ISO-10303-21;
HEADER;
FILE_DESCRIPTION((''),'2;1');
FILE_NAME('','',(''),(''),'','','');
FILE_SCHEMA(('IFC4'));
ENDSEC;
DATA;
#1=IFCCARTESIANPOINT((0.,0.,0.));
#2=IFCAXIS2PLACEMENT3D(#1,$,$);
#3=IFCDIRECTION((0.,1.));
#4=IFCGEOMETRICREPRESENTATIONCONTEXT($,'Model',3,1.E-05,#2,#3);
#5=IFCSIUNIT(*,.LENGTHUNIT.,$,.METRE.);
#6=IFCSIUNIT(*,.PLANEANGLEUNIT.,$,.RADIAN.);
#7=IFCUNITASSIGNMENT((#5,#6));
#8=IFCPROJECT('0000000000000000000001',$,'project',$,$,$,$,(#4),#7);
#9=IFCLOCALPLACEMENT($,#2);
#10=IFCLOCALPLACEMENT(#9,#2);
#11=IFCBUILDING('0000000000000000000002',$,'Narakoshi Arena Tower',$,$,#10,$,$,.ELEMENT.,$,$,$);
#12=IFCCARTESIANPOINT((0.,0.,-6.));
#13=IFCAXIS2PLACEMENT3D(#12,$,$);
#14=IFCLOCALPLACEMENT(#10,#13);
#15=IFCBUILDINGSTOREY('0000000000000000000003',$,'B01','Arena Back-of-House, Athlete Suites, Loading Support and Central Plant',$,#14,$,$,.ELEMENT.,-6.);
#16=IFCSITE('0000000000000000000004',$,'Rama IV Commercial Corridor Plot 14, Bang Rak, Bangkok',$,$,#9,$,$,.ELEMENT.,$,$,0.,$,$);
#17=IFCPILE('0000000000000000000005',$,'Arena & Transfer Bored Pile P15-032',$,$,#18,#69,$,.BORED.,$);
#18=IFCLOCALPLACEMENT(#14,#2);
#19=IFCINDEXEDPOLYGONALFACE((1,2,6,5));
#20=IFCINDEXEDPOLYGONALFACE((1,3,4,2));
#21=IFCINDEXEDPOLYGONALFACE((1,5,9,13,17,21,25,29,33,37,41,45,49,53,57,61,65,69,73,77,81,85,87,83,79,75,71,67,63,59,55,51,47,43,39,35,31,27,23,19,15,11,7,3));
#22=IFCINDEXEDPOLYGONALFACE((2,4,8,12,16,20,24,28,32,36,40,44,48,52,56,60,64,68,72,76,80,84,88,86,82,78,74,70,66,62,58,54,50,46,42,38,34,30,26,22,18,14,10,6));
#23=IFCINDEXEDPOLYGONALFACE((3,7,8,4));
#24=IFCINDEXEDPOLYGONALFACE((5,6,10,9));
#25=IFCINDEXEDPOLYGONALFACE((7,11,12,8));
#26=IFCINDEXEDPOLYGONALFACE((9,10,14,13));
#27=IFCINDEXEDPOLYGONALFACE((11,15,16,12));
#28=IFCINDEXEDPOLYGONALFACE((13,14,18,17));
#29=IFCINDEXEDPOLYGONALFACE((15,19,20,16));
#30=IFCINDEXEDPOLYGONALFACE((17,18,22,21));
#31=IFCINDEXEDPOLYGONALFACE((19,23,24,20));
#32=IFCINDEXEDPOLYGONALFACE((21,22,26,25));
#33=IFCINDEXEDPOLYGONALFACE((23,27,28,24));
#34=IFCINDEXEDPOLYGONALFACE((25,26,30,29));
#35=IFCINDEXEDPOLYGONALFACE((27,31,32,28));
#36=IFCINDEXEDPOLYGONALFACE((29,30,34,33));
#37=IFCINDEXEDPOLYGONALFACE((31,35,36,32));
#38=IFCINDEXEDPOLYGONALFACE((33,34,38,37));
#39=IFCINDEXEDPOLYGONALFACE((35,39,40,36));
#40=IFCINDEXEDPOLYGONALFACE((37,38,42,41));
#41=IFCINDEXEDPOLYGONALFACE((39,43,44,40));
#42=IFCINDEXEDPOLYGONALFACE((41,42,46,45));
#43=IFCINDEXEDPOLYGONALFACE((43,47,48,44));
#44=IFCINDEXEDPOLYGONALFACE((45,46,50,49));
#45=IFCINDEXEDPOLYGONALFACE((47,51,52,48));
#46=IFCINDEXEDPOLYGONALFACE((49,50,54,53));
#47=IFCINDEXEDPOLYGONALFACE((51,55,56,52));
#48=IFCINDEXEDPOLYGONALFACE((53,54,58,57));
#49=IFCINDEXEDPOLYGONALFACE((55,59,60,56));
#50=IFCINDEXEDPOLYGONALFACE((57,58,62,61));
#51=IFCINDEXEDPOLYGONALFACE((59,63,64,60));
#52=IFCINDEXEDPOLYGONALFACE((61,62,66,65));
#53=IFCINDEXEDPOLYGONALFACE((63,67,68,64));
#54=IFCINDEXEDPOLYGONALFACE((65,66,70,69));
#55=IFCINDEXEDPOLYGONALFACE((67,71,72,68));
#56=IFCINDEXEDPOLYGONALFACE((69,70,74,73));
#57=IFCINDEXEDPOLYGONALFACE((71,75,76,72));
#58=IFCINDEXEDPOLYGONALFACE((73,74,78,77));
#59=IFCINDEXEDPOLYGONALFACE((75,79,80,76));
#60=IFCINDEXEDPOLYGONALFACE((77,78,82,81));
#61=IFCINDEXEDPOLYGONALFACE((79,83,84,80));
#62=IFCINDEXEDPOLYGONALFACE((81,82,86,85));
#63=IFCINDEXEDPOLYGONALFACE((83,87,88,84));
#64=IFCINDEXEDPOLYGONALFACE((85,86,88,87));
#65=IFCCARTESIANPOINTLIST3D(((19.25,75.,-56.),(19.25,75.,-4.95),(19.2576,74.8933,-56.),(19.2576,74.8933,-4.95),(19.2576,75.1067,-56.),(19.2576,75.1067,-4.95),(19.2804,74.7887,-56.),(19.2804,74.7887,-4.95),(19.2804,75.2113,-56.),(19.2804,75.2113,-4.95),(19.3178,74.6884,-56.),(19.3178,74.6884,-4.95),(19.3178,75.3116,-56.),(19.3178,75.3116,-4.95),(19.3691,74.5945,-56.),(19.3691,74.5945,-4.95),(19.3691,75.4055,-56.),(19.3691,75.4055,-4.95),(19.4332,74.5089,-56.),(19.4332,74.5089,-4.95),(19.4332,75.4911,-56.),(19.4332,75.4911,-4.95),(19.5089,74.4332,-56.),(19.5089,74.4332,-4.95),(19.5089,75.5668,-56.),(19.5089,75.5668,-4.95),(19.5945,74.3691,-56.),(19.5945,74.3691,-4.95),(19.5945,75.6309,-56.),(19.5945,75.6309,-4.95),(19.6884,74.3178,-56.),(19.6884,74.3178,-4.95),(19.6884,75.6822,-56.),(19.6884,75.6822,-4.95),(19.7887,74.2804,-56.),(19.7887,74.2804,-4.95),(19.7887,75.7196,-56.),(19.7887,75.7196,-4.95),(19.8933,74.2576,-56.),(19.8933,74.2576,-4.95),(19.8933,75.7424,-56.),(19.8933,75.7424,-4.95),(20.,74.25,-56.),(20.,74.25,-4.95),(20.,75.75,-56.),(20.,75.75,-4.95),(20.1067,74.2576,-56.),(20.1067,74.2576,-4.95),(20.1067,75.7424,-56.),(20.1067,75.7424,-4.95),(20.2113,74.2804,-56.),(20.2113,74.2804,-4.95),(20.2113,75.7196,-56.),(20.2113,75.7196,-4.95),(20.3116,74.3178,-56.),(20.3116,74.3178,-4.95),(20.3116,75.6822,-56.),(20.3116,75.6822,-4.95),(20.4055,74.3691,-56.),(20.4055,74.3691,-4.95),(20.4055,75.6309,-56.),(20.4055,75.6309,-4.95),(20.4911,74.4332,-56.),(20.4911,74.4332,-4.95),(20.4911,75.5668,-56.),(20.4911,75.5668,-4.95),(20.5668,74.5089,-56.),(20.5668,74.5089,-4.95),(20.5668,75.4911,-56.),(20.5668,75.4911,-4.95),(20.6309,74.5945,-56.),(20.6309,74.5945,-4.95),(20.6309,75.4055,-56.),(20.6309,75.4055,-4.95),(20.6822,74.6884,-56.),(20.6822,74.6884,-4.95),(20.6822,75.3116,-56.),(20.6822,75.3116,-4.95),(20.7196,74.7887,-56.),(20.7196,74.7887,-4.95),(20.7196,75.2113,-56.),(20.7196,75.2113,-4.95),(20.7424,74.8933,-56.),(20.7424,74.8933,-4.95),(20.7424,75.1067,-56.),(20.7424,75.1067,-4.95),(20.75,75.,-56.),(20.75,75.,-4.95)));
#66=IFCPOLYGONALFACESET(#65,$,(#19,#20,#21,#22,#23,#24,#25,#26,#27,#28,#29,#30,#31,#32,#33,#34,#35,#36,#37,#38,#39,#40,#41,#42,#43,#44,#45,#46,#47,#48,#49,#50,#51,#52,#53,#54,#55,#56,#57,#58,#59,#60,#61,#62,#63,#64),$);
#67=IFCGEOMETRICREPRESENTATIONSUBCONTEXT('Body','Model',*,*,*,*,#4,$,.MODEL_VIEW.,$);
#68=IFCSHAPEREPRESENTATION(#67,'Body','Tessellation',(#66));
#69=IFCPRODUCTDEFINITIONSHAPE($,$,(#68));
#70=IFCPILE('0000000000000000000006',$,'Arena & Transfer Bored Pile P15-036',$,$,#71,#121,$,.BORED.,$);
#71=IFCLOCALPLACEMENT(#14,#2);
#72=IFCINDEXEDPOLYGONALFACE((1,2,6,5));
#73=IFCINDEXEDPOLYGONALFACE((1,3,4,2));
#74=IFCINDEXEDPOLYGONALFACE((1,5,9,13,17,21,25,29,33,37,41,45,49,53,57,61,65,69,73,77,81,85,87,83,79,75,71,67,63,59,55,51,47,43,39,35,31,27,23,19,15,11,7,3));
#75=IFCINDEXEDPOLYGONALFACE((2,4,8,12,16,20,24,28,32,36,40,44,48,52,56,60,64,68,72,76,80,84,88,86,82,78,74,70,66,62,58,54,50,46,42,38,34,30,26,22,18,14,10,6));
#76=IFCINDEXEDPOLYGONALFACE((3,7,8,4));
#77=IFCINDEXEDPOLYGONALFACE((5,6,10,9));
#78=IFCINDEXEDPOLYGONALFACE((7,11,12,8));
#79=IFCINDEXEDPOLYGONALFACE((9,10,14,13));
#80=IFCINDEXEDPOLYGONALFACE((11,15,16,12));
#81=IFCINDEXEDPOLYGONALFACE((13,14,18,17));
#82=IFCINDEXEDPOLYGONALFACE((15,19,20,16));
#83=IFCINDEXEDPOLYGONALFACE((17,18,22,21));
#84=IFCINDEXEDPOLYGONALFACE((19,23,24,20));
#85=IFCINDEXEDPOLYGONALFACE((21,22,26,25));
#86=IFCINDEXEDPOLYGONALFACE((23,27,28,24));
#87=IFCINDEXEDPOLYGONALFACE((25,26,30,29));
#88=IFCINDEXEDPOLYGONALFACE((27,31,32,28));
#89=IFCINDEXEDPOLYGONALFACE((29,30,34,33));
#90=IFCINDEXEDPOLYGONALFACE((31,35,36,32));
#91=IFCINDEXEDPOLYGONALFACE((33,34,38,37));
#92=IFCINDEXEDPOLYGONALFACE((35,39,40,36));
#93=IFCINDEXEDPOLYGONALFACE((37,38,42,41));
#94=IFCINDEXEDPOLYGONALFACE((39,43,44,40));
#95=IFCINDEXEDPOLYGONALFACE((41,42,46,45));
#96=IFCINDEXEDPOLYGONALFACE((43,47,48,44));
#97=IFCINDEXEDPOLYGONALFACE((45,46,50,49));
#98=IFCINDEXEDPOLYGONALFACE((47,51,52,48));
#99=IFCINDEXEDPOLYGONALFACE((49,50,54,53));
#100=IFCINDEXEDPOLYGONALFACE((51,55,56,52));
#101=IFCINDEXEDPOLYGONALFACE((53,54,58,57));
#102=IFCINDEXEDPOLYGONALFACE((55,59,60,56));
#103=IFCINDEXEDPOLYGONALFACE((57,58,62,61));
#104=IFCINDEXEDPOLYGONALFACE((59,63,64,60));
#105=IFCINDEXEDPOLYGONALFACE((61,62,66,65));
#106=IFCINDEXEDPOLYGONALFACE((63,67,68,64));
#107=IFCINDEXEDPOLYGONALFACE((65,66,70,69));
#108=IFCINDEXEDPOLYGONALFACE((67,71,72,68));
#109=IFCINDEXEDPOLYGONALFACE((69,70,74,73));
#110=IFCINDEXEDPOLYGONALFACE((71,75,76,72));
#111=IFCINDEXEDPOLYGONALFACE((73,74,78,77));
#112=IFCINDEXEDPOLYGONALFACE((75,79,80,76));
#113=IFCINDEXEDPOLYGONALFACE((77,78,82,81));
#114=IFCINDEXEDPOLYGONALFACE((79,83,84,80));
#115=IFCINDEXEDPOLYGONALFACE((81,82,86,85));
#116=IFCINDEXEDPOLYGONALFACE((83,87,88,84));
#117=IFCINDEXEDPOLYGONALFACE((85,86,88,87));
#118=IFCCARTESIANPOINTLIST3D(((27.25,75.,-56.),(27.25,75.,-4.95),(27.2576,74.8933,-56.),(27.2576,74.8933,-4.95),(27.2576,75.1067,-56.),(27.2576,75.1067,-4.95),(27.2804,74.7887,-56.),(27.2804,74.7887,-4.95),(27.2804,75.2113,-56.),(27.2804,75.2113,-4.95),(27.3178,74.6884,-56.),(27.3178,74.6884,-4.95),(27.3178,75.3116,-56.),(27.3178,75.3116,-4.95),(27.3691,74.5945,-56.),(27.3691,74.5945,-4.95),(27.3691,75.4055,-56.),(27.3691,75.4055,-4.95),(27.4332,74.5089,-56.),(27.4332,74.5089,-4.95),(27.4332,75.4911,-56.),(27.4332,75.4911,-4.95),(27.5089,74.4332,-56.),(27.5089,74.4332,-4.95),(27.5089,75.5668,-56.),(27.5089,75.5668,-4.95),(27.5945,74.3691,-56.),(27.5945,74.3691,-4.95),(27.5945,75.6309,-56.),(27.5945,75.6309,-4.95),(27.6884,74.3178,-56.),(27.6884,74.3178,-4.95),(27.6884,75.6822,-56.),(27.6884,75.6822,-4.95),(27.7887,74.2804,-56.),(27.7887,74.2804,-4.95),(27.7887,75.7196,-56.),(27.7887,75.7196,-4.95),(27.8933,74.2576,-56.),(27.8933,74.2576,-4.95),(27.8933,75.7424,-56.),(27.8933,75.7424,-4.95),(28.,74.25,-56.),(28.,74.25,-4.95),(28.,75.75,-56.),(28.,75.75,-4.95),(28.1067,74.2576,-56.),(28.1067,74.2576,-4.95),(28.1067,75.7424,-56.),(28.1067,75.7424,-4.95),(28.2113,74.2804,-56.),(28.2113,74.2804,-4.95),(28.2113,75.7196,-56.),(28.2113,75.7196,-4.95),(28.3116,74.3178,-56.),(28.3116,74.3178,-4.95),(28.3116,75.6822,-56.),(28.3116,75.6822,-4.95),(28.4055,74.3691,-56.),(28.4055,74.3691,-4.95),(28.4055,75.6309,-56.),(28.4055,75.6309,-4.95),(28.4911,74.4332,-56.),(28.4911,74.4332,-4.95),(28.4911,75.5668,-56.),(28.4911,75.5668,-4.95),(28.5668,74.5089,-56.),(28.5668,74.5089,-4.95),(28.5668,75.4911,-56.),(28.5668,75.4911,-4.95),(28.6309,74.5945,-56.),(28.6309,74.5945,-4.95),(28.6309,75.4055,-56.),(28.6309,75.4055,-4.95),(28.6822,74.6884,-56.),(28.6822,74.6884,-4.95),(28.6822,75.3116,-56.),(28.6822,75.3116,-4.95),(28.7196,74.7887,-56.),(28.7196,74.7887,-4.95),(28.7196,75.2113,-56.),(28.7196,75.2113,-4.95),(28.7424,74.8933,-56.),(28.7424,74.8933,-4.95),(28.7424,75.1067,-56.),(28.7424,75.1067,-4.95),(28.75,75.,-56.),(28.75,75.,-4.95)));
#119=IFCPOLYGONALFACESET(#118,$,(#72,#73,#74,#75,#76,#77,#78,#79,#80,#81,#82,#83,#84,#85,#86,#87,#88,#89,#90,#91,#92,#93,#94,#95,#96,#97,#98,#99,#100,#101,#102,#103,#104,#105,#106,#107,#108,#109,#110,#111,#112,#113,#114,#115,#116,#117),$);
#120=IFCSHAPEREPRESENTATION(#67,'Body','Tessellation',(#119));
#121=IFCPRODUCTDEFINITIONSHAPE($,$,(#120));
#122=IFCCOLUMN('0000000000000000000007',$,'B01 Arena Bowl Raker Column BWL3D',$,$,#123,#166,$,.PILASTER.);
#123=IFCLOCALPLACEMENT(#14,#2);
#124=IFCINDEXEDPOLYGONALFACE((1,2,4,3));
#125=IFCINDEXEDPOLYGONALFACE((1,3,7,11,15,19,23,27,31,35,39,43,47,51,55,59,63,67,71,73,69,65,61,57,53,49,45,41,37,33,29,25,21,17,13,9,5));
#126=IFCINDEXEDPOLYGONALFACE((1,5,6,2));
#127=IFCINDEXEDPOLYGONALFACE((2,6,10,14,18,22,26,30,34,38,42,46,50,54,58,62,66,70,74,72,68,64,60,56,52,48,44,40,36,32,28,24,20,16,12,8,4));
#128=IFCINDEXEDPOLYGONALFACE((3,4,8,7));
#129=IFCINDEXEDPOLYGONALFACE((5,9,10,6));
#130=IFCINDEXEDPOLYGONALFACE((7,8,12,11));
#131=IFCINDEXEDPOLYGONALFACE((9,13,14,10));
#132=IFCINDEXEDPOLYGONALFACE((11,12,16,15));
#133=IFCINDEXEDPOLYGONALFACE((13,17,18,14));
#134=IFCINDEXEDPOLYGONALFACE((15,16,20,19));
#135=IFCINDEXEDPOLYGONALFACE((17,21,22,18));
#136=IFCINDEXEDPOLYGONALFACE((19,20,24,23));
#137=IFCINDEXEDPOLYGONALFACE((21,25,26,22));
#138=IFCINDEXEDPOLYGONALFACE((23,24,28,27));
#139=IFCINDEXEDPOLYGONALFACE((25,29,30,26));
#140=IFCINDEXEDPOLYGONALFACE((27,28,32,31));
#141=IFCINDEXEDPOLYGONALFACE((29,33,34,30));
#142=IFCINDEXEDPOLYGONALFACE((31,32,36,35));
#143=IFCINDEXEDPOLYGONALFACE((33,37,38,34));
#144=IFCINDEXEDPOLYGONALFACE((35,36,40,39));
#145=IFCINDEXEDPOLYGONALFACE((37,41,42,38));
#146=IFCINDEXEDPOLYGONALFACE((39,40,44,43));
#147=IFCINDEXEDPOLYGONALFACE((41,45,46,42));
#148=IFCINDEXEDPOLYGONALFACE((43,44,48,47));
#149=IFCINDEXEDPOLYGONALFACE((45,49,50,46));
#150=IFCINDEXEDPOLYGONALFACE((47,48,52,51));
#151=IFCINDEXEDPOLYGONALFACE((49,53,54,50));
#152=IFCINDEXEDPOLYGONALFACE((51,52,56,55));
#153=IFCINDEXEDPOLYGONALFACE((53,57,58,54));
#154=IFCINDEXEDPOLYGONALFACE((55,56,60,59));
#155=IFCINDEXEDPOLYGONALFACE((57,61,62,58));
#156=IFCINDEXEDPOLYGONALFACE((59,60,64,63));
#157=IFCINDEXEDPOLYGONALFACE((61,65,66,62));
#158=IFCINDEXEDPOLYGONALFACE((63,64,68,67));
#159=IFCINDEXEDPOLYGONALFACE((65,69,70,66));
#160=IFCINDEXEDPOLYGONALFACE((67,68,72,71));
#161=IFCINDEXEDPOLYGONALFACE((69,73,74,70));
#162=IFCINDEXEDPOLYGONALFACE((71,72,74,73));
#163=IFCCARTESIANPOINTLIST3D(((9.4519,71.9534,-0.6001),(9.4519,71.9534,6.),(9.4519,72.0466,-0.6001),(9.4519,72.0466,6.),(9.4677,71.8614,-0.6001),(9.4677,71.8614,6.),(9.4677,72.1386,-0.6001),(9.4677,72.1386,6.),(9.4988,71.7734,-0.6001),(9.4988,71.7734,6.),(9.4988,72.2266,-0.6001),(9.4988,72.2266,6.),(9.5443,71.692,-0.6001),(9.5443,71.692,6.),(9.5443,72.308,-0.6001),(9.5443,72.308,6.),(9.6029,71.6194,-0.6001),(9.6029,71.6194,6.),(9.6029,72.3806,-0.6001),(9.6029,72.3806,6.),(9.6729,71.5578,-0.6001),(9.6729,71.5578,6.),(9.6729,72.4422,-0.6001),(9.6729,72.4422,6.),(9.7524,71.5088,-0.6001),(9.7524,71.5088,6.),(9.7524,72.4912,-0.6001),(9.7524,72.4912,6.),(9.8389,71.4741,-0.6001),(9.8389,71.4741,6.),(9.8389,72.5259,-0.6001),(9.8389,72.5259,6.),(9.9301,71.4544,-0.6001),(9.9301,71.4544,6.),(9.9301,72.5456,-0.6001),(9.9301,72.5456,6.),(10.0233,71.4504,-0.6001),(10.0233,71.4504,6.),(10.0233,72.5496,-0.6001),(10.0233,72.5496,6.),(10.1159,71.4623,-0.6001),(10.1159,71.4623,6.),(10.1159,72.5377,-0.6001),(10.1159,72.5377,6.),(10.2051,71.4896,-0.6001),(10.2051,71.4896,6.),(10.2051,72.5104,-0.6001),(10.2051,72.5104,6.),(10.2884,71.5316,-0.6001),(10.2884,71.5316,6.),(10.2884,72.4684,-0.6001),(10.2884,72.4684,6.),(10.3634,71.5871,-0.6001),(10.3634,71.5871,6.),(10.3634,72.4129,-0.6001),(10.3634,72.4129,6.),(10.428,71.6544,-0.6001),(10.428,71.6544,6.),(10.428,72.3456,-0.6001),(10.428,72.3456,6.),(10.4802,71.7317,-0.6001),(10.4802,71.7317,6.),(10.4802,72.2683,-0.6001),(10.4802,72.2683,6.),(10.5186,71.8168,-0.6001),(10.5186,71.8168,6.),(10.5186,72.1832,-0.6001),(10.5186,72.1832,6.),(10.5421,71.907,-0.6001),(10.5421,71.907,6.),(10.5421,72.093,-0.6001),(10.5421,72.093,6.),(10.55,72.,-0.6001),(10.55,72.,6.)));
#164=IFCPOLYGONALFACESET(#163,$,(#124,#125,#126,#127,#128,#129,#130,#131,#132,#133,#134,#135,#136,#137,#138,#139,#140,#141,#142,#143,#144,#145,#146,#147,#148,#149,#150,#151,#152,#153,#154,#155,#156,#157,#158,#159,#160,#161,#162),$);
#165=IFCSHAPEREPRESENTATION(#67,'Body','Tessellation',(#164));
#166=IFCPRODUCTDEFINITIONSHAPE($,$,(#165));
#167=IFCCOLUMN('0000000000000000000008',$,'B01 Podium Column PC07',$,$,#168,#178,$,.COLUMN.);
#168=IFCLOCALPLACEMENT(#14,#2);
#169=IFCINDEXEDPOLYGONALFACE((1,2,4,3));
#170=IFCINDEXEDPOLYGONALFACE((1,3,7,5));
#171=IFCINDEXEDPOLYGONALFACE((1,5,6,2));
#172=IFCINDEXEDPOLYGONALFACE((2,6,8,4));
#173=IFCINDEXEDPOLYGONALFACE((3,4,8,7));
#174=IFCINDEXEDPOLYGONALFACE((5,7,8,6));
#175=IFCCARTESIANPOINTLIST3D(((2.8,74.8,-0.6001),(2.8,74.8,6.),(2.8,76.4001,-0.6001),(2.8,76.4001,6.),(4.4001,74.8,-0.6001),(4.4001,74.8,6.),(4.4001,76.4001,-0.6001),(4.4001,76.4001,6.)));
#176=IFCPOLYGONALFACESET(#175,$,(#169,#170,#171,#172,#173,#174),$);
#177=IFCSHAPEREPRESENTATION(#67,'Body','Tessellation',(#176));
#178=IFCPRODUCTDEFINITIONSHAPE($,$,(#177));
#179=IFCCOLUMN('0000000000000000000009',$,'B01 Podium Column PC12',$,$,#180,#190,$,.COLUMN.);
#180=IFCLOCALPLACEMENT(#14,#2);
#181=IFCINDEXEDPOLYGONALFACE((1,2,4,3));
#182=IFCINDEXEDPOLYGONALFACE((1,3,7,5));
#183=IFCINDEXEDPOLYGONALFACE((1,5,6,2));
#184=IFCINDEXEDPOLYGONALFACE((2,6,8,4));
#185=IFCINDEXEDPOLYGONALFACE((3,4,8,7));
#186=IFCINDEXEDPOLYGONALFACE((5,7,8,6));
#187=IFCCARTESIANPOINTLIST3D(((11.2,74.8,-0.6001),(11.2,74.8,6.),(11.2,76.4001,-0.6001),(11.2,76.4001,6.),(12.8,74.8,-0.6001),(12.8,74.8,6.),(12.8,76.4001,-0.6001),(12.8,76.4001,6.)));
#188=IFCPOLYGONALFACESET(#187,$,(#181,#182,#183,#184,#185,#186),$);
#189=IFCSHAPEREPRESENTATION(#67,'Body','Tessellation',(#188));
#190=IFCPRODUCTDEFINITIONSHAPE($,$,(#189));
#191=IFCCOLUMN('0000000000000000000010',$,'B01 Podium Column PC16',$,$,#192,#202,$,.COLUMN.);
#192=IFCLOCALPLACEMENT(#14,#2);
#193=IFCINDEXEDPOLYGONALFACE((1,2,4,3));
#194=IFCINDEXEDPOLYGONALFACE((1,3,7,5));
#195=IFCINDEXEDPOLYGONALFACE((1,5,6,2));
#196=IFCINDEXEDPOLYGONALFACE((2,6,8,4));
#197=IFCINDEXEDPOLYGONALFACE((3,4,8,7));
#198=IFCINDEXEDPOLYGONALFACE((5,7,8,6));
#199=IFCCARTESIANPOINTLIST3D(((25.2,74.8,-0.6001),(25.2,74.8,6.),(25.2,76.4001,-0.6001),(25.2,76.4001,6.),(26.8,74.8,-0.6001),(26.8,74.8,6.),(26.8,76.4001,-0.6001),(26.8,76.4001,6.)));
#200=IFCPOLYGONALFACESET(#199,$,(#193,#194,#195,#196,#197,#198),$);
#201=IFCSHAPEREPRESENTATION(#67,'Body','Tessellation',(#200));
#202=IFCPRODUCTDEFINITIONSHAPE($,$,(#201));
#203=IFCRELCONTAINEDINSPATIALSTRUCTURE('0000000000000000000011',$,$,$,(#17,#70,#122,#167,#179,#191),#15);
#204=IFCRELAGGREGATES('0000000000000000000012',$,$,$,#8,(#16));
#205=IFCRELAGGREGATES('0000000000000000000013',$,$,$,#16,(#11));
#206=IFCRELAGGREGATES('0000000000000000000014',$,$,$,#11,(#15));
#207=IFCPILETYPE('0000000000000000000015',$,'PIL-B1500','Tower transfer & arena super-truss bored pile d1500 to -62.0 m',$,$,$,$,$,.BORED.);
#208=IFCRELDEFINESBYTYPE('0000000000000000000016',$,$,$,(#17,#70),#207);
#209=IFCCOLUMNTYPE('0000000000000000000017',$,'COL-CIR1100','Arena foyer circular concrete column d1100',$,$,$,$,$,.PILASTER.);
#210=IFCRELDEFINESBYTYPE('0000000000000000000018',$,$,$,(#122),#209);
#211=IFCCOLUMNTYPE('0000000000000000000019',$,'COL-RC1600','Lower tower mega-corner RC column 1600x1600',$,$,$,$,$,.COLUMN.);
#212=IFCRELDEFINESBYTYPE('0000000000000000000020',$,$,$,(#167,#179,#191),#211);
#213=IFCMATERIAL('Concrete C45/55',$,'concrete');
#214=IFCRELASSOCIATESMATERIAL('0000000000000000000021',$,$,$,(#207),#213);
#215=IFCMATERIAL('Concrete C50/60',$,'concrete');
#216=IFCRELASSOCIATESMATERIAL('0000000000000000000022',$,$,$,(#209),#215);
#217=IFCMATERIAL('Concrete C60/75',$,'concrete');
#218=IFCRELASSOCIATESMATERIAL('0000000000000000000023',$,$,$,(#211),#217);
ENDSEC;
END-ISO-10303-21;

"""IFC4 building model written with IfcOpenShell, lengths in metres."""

from ifc_helpers import new_model, si_unit, direction, frame, origin, origin_2d, place, context, subcontext, project, spatial, rectangle, circle, extrude, material, material_profile, profile_set, type_object, element, save


model = new_model("IFC4")

# Units and contexts
model_context = context("Model", 3, precision=1e-05, world=origin(), true_north=direction((0.0, 1.0)))
body_context = subcontext(model_context, "Body", "Model", "MODEL_VIEW")
ifc_project = project(units=[si_unit("LENGTHUNIT", "METRE"), si_unit("PLANEANGLEUNIT", "RADIAN")], contexts=[model_context])

# Site, building, storey
site_placement = place(None, origin())
site = spatial("IfcSite", under=ifc_project, at=site_placement, Name="Rama IV Commercial Corridor Plot 14, Bang Rak, Bangkok", CompositionType="ELEMENT", RefElevation=0.0)
building_placement = place(site_placement, origin())
building = spatial("IfcBuilding", under=site, at=building_placement, Name="Narakoshi Arena Tower", CompositionType="ELEMENT")
storey_placement = place(building_placement, frame((0.0, 0.0, -6.0)))
storey = spatial("IfcBuildingStorey", under=building, at=storey_placement, Name="B01", Description="Arena Back-of-House, Athlete Suites, Loading Support and Central Plant", CompositionType="ELEMENT", Elevation=-6.0)

# Shared definitions
ifc_material_1 = material(Name="Concrete C45/55", Category="concrete")

# Piles
ifc_material_profile_1 = material_profile(ifc_material_1, circle(Radius=0.75, at=origin_2d()), Name="PILE-D1500")
ifc_profile_set_1 = profile_set([ifc_material_profile_1], Name="Concrete C45/55")
pile_type_1 = type_object("IfcPileType", Name="PIL-B1500", Description="Tower transfer & arena super-truss bored pile d1500 to -62.0 m", PredefinedType="BORED", material=ifc_profile_set_1)
for number, where, z_axis, x_axis, name in (
    (1, (20.0, 75.0, -4.95), (0.0, 0.0, -1.0), (1.0, 0.0, 0.0), "Arena & Transfer Bored Pile P15-032"),
    (2, (28.0, 75.0, -4.95), (0.0, 0.0, -1.0), (1.0, 0.0, 0.0), "Arena & Transfer Bored Pile P15-036"),
):
    element("IfcPile", number, at=place(storey_placement, frame(where, z_axis=z_axis, x_axis=x_axis)), inside=storey, type_object=pile_type_1, Name=name, PredefinedType="BORED", context=body_context, shape_type="SweptSolid", body=[
        extrude(circle(Radius=0.75, at=origin_2d()), origin(), (0.0, 0.0, 1.0), 51.05),
    ])

# Columns
ifc_material_2 = material(Name="Concrete C50/60", Category="concrete")
ifc_material_profile_2 = material_profile(ifc_material_2, circle(Radius=0.55, at=origin_2d()), Name="RCC1100")
ifc_profile_set_2 = profile_set([ifc_material_profile_2], Name="Concrete C50/60")
column_type_1 = type_object("IfcColumnType", Name="COL-CIR1100", Description="Arena foyer circular concrete column d1100", PredefinedType="PILASTER", material=ifc_profile_set_2)
column_placement = place(storey_placement, frame((10.0, 72.0, -0.6001), z_axis=(0.0, 0.0, 1.0), x_axis=(1.0, 0.0, 0.0)))
element("IfcColumn", 3, at=column_placement, inside=storey, type_object=column_type_1, Name="B01 Arena Bowl Raker Column BWL3D", PredefinedType="PILASTER", context=body_context, shape_type="SweptSolid", body=[
    extrude(circle(Radius=0.55, at=origin_2d()), origin(), (0.0, 0.0, 1.0), 6.6001),
])
ifc_material_3 = material(Name="Concrete C60/75", Category="concrete")
ifc_material_profile_3 = material_profile(ifc_material_3, rectangle(XDim=1.6001, YDim=1.6001, at=origin_2d()), Name="RC1600x1600")
ifc_profile_set_3 = profile_set([ifc_material_profile_3], Name="Concrete C60/75")
column_type_2 = type_object("IfcColumnType", Name="COL-RC1600", Description="Lower tower mega-corner RC column 1600x1600", PredefinedType="COLUMN", material=ifc_profile_set_3)
for number, where, z_axis, x_axis, name in (
    (4, (3.6001, 75.6001, -0.6001), (0.0, 0.0, 1.0), (1.0, 0.0, 0.0), "B01 Podium Column PC07"),
    (5, (12.0, 75.6001, -0.6001), (0.0, 0.0, 1.0), (1.0, 0.0, 0.0), "B01 Podium Column PC12"),
    (6, (26.0, 75.6001, -0.6001), (0.0, 0.0, 1.0), (1.0, 0.0, 0.0), "B01 Podium Column PC16"),
):
    element("IfcColumn", number, at=place(storey_placement, frame(where, z_axis=z_axis, x_axis=x_axis)), inside=storey, type_object=column_type_2, Name=name, PredefinedType="COLUMN", context=body_context, shape_type="SweptSolid", body=[
        extrude(rectangle(XDim=1.6001, YDim=1.6001, at=origin_2d()), origin(), (0.0, 0.0, 1.0), 6.6001),
    ])

save(model, "model.ifc")
